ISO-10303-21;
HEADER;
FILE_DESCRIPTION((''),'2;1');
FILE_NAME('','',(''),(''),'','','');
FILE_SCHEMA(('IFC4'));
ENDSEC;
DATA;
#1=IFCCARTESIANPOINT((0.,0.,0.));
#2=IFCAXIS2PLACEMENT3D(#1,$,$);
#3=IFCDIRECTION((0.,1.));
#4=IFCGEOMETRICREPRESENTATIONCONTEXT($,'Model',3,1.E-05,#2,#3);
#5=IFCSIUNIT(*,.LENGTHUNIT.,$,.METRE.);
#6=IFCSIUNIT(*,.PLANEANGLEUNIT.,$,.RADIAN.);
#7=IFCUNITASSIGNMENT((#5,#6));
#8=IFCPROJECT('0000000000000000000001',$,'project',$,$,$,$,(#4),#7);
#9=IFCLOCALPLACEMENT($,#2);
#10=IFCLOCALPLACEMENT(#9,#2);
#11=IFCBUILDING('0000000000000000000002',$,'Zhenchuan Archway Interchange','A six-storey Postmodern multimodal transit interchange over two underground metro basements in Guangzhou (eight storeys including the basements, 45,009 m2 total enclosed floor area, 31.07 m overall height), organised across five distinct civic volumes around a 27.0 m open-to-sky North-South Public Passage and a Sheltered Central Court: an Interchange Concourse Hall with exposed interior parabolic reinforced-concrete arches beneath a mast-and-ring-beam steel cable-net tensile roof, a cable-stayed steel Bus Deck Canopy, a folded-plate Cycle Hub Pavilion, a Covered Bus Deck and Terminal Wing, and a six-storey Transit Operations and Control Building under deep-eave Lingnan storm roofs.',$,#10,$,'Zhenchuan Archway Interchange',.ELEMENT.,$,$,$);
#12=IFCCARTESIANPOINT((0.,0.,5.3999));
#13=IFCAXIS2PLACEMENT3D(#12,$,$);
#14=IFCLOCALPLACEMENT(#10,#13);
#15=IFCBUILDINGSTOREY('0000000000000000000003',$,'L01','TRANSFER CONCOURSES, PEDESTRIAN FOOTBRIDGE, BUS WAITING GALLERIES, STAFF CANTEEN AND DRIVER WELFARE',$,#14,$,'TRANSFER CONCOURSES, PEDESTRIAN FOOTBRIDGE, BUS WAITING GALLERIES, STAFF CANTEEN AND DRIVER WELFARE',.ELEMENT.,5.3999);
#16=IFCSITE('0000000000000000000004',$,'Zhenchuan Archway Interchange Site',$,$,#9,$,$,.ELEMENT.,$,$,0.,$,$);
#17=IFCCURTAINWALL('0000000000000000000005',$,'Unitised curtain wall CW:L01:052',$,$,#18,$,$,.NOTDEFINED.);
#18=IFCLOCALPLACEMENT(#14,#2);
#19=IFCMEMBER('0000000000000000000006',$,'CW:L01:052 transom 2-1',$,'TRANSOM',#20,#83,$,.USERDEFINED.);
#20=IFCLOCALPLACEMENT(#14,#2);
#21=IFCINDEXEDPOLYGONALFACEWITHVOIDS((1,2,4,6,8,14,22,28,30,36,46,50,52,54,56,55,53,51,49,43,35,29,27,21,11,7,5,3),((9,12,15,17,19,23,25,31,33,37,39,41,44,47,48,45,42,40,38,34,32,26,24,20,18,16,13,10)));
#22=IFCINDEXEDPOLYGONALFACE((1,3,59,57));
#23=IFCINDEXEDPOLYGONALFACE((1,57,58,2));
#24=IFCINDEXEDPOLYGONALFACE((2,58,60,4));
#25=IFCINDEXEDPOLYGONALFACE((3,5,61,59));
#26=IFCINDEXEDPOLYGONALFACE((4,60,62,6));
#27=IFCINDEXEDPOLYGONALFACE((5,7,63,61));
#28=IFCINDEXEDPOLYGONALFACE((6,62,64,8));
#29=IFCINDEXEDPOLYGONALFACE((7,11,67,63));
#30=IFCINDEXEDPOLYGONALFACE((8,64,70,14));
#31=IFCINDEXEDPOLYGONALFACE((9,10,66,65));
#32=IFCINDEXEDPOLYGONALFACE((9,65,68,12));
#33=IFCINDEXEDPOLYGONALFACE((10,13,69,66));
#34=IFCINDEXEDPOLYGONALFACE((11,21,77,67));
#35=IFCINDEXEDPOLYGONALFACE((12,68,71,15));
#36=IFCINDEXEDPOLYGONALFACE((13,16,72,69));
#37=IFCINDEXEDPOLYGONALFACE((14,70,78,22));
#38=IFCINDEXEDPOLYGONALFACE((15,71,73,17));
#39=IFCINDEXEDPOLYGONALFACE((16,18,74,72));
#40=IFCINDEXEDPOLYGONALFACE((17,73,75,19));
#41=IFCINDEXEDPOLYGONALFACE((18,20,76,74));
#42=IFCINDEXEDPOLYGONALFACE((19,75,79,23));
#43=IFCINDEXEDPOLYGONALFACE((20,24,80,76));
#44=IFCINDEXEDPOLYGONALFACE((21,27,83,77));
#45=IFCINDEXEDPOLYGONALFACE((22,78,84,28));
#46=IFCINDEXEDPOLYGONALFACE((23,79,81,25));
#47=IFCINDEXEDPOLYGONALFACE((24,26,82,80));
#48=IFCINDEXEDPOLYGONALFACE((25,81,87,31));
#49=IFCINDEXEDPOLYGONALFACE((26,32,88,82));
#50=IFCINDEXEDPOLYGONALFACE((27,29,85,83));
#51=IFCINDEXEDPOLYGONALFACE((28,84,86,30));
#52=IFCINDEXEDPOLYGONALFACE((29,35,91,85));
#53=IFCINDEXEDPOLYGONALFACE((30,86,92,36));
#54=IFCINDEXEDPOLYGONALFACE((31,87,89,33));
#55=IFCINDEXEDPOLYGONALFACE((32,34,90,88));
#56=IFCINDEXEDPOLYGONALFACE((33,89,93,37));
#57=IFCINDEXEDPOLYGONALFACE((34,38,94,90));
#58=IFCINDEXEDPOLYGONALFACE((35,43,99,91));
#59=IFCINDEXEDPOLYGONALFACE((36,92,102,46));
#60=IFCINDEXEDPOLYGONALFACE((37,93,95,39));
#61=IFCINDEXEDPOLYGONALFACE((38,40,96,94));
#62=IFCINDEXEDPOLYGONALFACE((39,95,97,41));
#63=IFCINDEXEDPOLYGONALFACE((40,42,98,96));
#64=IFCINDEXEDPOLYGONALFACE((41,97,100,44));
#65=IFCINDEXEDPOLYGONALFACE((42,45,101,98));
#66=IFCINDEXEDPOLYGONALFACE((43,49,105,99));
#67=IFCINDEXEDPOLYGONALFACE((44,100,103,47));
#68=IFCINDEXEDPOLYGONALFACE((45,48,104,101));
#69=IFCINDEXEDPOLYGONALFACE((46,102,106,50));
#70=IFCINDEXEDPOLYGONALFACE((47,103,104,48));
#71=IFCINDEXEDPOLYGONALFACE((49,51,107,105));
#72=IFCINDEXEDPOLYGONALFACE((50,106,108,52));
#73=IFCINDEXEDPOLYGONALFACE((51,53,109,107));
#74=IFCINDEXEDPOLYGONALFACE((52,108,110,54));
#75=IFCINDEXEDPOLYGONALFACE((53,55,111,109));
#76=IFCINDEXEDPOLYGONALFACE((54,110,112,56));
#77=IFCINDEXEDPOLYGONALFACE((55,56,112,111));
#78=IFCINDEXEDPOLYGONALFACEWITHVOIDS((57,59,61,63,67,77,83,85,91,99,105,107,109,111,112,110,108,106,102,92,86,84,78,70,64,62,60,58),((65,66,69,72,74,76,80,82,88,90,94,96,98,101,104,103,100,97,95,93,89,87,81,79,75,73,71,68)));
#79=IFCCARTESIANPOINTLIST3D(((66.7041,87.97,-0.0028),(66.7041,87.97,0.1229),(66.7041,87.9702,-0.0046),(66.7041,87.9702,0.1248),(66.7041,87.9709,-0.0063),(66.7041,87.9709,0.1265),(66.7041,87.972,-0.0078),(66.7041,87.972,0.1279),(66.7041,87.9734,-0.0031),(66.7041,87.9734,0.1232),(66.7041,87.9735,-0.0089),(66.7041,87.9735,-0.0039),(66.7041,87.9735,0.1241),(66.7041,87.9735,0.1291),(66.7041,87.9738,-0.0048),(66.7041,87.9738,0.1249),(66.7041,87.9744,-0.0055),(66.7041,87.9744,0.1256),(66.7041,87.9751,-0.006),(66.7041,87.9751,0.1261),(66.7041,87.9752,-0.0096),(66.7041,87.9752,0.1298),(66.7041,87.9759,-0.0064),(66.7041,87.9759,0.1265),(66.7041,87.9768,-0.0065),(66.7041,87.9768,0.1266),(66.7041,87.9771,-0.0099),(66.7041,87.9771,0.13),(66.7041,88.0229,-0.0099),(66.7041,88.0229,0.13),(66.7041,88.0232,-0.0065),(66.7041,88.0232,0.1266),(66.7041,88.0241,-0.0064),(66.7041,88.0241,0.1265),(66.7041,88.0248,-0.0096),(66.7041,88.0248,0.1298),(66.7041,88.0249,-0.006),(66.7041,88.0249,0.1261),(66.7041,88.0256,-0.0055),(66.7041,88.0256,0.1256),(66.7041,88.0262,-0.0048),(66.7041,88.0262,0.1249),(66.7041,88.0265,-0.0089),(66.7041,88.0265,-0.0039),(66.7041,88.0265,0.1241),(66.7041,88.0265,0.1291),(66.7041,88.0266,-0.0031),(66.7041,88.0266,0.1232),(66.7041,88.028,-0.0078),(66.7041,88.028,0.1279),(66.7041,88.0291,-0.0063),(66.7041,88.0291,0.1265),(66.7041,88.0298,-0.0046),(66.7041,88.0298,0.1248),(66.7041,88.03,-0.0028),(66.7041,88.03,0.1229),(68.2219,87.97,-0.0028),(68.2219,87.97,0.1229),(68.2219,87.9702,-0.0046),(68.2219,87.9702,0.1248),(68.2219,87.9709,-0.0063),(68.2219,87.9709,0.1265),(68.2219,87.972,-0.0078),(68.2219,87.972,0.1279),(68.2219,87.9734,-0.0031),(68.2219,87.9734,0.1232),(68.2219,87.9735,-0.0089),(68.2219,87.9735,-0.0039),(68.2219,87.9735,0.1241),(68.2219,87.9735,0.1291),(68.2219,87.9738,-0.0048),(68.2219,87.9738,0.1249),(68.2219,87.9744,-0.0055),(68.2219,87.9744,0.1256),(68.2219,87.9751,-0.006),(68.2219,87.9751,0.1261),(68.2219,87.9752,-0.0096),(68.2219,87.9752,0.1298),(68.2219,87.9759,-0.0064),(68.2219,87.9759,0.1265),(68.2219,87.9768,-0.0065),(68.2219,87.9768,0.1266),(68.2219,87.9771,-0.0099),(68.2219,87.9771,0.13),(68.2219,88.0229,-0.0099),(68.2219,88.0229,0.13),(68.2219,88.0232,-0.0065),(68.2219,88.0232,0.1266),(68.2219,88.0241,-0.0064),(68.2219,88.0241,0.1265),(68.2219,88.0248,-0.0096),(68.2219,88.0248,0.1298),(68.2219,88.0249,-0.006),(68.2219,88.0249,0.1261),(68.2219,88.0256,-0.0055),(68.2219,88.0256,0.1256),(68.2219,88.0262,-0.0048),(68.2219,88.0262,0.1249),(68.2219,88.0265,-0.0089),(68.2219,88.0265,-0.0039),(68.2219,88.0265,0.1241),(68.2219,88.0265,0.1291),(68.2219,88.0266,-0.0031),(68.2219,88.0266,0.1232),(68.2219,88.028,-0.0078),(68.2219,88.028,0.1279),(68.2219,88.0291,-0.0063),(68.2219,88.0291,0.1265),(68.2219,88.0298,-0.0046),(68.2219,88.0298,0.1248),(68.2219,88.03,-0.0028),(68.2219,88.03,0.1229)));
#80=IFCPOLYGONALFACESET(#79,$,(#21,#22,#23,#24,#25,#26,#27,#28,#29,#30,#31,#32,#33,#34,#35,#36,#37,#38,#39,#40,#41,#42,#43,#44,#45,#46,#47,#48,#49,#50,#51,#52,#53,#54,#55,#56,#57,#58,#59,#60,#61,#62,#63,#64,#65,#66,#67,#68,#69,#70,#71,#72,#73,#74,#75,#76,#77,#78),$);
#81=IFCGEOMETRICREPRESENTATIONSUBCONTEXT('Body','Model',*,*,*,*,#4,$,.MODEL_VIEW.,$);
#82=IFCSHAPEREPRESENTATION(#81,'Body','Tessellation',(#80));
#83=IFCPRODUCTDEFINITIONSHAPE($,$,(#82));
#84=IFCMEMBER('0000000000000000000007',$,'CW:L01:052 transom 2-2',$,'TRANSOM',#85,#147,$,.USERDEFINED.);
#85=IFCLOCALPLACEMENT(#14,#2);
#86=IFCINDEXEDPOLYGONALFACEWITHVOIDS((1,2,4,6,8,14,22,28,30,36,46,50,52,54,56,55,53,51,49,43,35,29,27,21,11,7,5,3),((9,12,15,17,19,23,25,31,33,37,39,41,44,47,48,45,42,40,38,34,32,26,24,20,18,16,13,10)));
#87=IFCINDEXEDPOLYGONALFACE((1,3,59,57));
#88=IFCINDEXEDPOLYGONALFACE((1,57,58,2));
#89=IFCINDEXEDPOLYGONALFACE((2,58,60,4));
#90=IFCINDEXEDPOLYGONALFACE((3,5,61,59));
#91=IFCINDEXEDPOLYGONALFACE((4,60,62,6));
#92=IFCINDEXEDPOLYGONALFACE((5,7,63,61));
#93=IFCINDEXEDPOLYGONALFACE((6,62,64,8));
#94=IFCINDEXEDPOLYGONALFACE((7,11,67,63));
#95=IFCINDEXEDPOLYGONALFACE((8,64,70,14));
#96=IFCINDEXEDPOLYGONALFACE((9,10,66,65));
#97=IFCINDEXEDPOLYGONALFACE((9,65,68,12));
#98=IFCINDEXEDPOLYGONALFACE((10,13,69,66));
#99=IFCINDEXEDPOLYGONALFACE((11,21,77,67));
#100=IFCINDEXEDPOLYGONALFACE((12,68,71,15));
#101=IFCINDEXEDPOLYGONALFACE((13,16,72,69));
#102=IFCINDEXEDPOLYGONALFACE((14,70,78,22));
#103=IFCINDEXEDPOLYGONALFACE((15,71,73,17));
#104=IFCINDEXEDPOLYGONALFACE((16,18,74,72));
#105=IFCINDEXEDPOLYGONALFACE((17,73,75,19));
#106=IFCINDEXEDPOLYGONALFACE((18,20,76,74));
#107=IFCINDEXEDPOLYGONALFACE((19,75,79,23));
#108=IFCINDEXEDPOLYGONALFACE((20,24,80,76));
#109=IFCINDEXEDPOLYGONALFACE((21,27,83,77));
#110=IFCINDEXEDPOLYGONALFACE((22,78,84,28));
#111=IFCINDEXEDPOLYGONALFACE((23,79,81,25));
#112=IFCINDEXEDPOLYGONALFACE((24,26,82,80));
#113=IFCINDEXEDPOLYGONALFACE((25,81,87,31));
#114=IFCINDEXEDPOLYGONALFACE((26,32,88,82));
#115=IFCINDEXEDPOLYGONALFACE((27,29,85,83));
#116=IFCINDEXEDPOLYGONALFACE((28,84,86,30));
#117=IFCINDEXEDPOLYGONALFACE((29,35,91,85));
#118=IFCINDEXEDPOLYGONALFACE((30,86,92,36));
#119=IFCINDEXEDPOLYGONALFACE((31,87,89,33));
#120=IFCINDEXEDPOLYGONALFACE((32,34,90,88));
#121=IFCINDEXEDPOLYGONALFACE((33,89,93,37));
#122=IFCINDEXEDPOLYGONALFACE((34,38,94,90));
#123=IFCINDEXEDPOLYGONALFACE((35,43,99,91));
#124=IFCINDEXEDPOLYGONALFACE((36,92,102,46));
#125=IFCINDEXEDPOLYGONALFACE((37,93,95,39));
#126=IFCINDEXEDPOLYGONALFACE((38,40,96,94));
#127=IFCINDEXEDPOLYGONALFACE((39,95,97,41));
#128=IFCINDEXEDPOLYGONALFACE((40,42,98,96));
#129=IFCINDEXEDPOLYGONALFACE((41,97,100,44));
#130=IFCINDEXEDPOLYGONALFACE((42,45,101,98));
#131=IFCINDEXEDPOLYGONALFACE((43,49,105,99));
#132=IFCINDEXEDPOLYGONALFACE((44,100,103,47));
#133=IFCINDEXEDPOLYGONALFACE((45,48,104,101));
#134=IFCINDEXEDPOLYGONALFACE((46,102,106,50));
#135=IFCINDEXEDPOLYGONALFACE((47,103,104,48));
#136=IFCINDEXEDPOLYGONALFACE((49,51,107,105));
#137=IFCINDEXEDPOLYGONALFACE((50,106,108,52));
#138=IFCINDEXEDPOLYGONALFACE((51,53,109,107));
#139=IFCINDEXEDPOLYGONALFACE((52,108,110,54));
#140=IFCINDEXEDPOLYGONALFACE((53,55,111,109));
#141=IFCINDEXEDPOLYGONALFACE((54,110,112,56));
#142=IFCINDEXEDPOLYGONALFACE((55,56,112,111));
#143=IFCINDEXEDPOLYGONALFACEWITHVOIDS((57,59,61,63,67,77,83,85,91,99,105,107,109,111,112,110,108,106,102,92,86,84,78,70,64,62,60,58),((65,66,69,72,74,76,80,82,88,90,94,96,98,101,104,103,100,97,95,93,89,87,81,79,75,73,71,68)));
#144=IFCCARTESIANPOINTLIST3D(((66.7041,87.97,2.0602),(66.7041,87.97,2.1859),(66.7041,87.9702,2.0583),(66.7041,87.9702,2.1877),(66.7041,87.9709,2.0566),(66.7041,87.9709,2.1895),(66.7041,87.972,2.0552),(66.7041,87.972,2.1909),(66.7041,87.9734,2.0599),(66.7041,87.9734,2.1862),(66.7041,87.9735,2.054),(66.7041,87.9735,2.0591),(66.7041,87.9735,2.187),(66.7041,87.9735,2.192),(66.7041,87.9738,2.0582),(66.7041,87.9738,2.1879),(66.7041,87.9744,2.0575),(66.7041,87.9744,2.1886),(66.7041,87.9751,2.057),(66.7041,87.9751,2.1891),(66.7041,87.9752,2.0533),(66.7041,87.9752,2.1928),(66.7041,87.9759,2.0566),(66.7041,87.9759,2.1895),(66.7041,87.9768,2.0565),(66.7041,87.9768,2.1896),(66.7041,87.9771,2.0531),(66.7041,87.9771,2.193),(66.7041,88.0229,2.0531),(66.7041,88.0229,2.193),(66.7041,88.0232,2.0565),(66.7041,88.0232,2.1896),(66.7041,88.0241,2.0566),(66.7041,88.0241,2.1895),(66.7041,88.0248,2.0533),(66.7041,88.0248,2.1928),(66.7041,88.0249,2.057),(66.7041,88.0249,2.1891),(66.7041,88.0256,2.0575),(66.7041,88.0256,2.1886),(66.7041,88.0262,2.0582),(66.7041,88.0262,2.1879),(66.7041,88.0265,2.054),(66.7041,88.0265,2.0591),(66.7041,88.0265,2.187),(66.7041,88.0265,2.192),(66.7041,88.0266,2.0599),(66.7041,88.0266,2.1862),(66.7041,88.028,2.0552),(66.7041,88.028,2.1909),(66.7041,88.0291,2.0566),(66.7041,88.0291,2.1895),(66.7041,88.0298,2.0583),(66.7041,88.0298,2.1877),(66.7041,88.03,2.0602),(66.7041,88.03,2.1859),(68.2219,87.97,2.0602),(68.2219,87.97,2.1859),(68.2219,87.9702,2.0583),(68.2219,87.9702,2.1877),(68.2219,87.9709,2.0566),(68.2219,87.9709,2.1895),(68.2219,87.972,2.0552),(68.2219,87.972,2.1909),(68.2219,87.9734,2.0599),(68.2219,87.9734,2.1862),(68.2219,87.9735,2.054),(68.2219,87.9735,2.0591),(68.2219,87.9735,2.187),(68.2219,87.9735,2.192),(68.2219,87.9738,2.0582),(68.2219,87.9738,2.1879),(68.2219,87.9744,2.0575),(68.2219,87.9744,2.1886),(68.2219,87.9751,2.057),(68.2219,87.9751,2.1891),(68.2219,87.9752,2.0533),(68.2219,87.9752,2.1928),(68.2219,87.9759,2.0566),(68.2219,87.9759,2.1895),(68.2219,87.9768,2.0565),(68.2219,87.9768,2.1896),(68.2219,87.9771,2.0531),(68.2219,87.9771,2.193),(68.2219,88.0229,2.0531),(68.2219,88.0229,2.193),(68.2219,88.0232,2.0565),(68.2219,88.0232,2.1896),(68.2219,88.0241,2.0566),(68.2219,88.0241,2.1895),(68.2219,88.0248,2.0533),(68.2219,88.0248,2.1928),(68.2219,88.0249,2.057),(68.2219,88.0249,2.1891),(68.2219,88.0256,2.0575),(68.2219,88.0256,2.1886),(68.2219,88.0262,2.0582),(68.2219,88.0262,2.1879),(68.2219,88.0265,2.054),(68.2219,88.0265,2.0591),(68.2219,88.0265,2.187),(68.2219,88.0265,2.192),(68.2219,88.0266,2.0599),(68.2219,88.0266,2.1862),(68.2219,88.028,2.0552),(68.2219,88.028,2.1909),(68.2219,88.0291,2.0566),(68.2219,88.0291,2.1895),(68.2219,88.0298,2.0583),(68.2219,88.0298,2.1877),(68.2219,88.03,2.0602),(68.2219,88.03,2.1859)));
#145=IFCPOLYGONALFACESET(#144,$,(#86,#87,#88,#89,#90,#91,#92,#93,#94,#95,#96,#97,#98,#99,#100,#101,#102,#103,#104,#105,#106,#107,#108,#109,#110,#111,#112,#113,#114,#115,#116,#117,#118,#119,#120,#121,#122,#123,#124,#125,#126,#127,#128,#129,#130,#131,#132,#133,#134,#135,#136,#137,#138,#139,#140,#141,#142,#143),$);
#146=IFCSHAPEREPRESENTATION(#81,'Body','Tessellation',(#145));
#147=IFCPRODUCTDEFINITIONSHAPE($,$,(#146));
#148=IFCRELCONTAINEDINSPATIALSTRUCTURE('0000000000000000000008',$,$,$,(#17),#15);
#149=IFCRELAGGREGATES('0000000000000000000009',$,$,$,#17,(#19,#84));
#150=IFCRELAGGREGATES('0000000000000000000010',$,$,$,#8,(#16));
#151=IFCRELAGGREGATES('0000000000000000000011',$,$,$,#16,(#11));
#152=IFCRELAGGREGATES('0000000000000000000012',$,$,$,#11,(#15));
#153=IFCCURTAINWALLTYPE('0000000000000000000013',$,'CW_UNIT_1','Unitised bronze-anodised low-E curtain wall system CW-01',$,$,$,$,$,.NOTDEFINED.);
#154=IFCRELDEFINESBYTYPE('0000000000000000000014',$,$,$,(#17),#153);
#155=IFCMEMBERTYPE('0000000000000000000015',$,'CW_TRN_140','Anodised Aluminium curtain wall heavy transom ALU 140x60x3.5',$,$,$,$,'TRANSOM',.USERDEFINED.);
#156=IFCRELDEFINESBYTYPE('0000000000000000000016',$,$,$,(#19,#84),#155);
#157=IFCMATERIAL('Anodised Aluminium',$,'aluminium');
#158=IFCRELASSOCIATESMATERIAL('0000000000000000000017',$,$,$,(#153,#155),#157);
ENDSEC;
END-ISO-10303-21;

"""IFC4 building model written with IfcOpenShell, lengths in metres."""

from ifc_helpers import new_model, si_unit, direction, frame, origin, origin_2d, place, context, subcontext, project, spatial, hollow_rectangle, extrude, material, material_profile, profile_set, type_object, element, aggregate, save


model = new_model("IFC4")

# Units and contexts
model_context = context("Model", 3, precision=1e-05, world=origin(), true_north=direction((0.0, 1.0)))
body_context = subcontext(model_context, "Body", "Model", "MODEL_VIEW")
ifc_project = project(units=[si_unit("LENGTHUNIT", "METRE"), si_unit("PLANEANGLEUNIT", "RADIAN")], contexts=[model_context])

# Site, building, storey
site_placement = place(None, origin())
site = spatial("IfcSite", under=ifc_project, at=site_placement, Name="Zhenchuan Archway Interchange Site", CompositionType="ELEMENT", RefElevation=0.0)
building_placement = place(site_placement, origin())
building = spatial("IfcBuilding", under=site, at=building_placement, Name="Zhenchuan Archway Interchange", Description="A six-storey Postmodern multimodal transit interchange over two underground metro basements in Guangzhou (eight storeys including the basements, 45,009 m2 total enclosed floor area, 31.07 m overall height), organised across five distinct civic volumes around a 27.0 m open-to-sky North-South Public Passage and a Sheltered Central Court: an Interchange Concourse Hall with exposed interior parabolic reinforced-concrete arches beneath a mast-and-ring-beam steel cable-net tensile roof, a cable-stayed steel Bus Deck Canopy, a folded-plate Cycle Hub Pavilion, a Covered Bus Deck and Terminal Wing, and a six-storey Transit Operations and Control Building under deep-eave Lingnan storm roofs.", LongName="Zhenchuan Archway Interchange", CompositionType="ELEMENT")
storey_placement = place(building_placement, frame((0.0, 0.0, 5.3999)))
storey = spatial("IfcBuildingStorey", under=building, at=storey_placement, Name="L01", Description="TRANSFER CONCOURSES, PEDESTRIAN FOOTBRIDGE, BUS WAITING GALLERIES, STAFF CANTEEN AND DRIVER WELFARE", LongName="TRANSFER CONCOURSES, PEDESTRIAN FOOTBRIDGE, BUS WAITING GALLERIES, STAFF CANTEEN AND DRIVER WELFARE", CompositionType="ELEMENT", Elevation=5.3999)

# Curtain wall, members
ifc_material_1 = material(Name="Anodised Aluminium", Category="aluminium")
curtain_wall_type = type_object("IfcCurtainWallType", Name="CW_UNIT_1", Description="Unitised bronze-anodised low-E curtain wall system CW-01", PredefinedType="NOTDEFINED", material=ifc_material_1)
curtain_wall_placement = place(storey_placement, origin())
curtain_wall = element("IfcCurtainWall", 1, at=curtain_wall_placement, inside=storey, type_object=curtain_wall_type, Name="Unitised curtain wall CW:L01:052", PredefinedType="NOTDEFINED")
ifc_material_profile_1 = material_profile(ifc_material_1, hollow_rectangle(XDim=0.0601, YDim=0.1399, WallThickness=0.0034, InnerFilletRadius=0.0034, OuterFilletRadius=0.0071, at=origin_2d()), Name="ALU 140x60x3.5")
ifc_profile_set_1 = profile_set([ifc_material_profile_1], Name="Anodised Aluminium")
member_type_1 = type_object("IfcMemberType", Name="CW_TRN_140", Description="Anodised Aluminium curtain wall heavy transom ALU 140x60x3.5", ElementType="TRANSOM", PredefinedType="USERDEFINED", material=ifc_profile_set_1)
member_1_placement = place(storey_placement, frame((66.7041, 88.0, 0.0601), z_axis=(1.0, 0.0, 0.0), x_axis=(0.0, 1.0, 0.0)))
member_1 = element("IfcMember", 2, at=member_1_placement, type_object=member_type_1, Name="CW:L01:052 transom 2-1", ObjectType="TRANSOM", PredefinedType="USERDEFINED", context=body_context, shape_type="SweptSolid", body=[
    extrude(hollow_rectangle(XDim=0.0601, YDim=0.1399, WallThickness=0.0034, InnerFilletRadius=0.0034, OuterFilletRadius=0.0071, at=origin_2d()), origin(), (0.0, 0.0, 1.0), 1.5178),
])
member_2_placement = place(storey_placement, frame((66.7041, 88.0, 2.123), z_axis=(1.0, 0.0, 0.0), x_axis=(0.0, 1.0, 0.0)))
member_2 = element("IfcMember", 3, at=member_2_placement, type_object=member_type_1, Name="CW:L01:052 transom 2-2", ObjectType="TRANSOM", PredefinedType="USERDEFINED", context=body_context, shape_type="SweptSolid", body=[
    extrude(hollow_rectangle(XDim=0.0601, YDim=0.1399, WallThickness=0.0034, InnerFilletRadius=0.0034, OuterFilletRadius=0.0071, at=origin_2d()), origin(), (0.0, 0.0, 1.0), 1.5178),
])

aggregate(curtain_wall, [member_1, member_2])

save(model, "model.ifc")
